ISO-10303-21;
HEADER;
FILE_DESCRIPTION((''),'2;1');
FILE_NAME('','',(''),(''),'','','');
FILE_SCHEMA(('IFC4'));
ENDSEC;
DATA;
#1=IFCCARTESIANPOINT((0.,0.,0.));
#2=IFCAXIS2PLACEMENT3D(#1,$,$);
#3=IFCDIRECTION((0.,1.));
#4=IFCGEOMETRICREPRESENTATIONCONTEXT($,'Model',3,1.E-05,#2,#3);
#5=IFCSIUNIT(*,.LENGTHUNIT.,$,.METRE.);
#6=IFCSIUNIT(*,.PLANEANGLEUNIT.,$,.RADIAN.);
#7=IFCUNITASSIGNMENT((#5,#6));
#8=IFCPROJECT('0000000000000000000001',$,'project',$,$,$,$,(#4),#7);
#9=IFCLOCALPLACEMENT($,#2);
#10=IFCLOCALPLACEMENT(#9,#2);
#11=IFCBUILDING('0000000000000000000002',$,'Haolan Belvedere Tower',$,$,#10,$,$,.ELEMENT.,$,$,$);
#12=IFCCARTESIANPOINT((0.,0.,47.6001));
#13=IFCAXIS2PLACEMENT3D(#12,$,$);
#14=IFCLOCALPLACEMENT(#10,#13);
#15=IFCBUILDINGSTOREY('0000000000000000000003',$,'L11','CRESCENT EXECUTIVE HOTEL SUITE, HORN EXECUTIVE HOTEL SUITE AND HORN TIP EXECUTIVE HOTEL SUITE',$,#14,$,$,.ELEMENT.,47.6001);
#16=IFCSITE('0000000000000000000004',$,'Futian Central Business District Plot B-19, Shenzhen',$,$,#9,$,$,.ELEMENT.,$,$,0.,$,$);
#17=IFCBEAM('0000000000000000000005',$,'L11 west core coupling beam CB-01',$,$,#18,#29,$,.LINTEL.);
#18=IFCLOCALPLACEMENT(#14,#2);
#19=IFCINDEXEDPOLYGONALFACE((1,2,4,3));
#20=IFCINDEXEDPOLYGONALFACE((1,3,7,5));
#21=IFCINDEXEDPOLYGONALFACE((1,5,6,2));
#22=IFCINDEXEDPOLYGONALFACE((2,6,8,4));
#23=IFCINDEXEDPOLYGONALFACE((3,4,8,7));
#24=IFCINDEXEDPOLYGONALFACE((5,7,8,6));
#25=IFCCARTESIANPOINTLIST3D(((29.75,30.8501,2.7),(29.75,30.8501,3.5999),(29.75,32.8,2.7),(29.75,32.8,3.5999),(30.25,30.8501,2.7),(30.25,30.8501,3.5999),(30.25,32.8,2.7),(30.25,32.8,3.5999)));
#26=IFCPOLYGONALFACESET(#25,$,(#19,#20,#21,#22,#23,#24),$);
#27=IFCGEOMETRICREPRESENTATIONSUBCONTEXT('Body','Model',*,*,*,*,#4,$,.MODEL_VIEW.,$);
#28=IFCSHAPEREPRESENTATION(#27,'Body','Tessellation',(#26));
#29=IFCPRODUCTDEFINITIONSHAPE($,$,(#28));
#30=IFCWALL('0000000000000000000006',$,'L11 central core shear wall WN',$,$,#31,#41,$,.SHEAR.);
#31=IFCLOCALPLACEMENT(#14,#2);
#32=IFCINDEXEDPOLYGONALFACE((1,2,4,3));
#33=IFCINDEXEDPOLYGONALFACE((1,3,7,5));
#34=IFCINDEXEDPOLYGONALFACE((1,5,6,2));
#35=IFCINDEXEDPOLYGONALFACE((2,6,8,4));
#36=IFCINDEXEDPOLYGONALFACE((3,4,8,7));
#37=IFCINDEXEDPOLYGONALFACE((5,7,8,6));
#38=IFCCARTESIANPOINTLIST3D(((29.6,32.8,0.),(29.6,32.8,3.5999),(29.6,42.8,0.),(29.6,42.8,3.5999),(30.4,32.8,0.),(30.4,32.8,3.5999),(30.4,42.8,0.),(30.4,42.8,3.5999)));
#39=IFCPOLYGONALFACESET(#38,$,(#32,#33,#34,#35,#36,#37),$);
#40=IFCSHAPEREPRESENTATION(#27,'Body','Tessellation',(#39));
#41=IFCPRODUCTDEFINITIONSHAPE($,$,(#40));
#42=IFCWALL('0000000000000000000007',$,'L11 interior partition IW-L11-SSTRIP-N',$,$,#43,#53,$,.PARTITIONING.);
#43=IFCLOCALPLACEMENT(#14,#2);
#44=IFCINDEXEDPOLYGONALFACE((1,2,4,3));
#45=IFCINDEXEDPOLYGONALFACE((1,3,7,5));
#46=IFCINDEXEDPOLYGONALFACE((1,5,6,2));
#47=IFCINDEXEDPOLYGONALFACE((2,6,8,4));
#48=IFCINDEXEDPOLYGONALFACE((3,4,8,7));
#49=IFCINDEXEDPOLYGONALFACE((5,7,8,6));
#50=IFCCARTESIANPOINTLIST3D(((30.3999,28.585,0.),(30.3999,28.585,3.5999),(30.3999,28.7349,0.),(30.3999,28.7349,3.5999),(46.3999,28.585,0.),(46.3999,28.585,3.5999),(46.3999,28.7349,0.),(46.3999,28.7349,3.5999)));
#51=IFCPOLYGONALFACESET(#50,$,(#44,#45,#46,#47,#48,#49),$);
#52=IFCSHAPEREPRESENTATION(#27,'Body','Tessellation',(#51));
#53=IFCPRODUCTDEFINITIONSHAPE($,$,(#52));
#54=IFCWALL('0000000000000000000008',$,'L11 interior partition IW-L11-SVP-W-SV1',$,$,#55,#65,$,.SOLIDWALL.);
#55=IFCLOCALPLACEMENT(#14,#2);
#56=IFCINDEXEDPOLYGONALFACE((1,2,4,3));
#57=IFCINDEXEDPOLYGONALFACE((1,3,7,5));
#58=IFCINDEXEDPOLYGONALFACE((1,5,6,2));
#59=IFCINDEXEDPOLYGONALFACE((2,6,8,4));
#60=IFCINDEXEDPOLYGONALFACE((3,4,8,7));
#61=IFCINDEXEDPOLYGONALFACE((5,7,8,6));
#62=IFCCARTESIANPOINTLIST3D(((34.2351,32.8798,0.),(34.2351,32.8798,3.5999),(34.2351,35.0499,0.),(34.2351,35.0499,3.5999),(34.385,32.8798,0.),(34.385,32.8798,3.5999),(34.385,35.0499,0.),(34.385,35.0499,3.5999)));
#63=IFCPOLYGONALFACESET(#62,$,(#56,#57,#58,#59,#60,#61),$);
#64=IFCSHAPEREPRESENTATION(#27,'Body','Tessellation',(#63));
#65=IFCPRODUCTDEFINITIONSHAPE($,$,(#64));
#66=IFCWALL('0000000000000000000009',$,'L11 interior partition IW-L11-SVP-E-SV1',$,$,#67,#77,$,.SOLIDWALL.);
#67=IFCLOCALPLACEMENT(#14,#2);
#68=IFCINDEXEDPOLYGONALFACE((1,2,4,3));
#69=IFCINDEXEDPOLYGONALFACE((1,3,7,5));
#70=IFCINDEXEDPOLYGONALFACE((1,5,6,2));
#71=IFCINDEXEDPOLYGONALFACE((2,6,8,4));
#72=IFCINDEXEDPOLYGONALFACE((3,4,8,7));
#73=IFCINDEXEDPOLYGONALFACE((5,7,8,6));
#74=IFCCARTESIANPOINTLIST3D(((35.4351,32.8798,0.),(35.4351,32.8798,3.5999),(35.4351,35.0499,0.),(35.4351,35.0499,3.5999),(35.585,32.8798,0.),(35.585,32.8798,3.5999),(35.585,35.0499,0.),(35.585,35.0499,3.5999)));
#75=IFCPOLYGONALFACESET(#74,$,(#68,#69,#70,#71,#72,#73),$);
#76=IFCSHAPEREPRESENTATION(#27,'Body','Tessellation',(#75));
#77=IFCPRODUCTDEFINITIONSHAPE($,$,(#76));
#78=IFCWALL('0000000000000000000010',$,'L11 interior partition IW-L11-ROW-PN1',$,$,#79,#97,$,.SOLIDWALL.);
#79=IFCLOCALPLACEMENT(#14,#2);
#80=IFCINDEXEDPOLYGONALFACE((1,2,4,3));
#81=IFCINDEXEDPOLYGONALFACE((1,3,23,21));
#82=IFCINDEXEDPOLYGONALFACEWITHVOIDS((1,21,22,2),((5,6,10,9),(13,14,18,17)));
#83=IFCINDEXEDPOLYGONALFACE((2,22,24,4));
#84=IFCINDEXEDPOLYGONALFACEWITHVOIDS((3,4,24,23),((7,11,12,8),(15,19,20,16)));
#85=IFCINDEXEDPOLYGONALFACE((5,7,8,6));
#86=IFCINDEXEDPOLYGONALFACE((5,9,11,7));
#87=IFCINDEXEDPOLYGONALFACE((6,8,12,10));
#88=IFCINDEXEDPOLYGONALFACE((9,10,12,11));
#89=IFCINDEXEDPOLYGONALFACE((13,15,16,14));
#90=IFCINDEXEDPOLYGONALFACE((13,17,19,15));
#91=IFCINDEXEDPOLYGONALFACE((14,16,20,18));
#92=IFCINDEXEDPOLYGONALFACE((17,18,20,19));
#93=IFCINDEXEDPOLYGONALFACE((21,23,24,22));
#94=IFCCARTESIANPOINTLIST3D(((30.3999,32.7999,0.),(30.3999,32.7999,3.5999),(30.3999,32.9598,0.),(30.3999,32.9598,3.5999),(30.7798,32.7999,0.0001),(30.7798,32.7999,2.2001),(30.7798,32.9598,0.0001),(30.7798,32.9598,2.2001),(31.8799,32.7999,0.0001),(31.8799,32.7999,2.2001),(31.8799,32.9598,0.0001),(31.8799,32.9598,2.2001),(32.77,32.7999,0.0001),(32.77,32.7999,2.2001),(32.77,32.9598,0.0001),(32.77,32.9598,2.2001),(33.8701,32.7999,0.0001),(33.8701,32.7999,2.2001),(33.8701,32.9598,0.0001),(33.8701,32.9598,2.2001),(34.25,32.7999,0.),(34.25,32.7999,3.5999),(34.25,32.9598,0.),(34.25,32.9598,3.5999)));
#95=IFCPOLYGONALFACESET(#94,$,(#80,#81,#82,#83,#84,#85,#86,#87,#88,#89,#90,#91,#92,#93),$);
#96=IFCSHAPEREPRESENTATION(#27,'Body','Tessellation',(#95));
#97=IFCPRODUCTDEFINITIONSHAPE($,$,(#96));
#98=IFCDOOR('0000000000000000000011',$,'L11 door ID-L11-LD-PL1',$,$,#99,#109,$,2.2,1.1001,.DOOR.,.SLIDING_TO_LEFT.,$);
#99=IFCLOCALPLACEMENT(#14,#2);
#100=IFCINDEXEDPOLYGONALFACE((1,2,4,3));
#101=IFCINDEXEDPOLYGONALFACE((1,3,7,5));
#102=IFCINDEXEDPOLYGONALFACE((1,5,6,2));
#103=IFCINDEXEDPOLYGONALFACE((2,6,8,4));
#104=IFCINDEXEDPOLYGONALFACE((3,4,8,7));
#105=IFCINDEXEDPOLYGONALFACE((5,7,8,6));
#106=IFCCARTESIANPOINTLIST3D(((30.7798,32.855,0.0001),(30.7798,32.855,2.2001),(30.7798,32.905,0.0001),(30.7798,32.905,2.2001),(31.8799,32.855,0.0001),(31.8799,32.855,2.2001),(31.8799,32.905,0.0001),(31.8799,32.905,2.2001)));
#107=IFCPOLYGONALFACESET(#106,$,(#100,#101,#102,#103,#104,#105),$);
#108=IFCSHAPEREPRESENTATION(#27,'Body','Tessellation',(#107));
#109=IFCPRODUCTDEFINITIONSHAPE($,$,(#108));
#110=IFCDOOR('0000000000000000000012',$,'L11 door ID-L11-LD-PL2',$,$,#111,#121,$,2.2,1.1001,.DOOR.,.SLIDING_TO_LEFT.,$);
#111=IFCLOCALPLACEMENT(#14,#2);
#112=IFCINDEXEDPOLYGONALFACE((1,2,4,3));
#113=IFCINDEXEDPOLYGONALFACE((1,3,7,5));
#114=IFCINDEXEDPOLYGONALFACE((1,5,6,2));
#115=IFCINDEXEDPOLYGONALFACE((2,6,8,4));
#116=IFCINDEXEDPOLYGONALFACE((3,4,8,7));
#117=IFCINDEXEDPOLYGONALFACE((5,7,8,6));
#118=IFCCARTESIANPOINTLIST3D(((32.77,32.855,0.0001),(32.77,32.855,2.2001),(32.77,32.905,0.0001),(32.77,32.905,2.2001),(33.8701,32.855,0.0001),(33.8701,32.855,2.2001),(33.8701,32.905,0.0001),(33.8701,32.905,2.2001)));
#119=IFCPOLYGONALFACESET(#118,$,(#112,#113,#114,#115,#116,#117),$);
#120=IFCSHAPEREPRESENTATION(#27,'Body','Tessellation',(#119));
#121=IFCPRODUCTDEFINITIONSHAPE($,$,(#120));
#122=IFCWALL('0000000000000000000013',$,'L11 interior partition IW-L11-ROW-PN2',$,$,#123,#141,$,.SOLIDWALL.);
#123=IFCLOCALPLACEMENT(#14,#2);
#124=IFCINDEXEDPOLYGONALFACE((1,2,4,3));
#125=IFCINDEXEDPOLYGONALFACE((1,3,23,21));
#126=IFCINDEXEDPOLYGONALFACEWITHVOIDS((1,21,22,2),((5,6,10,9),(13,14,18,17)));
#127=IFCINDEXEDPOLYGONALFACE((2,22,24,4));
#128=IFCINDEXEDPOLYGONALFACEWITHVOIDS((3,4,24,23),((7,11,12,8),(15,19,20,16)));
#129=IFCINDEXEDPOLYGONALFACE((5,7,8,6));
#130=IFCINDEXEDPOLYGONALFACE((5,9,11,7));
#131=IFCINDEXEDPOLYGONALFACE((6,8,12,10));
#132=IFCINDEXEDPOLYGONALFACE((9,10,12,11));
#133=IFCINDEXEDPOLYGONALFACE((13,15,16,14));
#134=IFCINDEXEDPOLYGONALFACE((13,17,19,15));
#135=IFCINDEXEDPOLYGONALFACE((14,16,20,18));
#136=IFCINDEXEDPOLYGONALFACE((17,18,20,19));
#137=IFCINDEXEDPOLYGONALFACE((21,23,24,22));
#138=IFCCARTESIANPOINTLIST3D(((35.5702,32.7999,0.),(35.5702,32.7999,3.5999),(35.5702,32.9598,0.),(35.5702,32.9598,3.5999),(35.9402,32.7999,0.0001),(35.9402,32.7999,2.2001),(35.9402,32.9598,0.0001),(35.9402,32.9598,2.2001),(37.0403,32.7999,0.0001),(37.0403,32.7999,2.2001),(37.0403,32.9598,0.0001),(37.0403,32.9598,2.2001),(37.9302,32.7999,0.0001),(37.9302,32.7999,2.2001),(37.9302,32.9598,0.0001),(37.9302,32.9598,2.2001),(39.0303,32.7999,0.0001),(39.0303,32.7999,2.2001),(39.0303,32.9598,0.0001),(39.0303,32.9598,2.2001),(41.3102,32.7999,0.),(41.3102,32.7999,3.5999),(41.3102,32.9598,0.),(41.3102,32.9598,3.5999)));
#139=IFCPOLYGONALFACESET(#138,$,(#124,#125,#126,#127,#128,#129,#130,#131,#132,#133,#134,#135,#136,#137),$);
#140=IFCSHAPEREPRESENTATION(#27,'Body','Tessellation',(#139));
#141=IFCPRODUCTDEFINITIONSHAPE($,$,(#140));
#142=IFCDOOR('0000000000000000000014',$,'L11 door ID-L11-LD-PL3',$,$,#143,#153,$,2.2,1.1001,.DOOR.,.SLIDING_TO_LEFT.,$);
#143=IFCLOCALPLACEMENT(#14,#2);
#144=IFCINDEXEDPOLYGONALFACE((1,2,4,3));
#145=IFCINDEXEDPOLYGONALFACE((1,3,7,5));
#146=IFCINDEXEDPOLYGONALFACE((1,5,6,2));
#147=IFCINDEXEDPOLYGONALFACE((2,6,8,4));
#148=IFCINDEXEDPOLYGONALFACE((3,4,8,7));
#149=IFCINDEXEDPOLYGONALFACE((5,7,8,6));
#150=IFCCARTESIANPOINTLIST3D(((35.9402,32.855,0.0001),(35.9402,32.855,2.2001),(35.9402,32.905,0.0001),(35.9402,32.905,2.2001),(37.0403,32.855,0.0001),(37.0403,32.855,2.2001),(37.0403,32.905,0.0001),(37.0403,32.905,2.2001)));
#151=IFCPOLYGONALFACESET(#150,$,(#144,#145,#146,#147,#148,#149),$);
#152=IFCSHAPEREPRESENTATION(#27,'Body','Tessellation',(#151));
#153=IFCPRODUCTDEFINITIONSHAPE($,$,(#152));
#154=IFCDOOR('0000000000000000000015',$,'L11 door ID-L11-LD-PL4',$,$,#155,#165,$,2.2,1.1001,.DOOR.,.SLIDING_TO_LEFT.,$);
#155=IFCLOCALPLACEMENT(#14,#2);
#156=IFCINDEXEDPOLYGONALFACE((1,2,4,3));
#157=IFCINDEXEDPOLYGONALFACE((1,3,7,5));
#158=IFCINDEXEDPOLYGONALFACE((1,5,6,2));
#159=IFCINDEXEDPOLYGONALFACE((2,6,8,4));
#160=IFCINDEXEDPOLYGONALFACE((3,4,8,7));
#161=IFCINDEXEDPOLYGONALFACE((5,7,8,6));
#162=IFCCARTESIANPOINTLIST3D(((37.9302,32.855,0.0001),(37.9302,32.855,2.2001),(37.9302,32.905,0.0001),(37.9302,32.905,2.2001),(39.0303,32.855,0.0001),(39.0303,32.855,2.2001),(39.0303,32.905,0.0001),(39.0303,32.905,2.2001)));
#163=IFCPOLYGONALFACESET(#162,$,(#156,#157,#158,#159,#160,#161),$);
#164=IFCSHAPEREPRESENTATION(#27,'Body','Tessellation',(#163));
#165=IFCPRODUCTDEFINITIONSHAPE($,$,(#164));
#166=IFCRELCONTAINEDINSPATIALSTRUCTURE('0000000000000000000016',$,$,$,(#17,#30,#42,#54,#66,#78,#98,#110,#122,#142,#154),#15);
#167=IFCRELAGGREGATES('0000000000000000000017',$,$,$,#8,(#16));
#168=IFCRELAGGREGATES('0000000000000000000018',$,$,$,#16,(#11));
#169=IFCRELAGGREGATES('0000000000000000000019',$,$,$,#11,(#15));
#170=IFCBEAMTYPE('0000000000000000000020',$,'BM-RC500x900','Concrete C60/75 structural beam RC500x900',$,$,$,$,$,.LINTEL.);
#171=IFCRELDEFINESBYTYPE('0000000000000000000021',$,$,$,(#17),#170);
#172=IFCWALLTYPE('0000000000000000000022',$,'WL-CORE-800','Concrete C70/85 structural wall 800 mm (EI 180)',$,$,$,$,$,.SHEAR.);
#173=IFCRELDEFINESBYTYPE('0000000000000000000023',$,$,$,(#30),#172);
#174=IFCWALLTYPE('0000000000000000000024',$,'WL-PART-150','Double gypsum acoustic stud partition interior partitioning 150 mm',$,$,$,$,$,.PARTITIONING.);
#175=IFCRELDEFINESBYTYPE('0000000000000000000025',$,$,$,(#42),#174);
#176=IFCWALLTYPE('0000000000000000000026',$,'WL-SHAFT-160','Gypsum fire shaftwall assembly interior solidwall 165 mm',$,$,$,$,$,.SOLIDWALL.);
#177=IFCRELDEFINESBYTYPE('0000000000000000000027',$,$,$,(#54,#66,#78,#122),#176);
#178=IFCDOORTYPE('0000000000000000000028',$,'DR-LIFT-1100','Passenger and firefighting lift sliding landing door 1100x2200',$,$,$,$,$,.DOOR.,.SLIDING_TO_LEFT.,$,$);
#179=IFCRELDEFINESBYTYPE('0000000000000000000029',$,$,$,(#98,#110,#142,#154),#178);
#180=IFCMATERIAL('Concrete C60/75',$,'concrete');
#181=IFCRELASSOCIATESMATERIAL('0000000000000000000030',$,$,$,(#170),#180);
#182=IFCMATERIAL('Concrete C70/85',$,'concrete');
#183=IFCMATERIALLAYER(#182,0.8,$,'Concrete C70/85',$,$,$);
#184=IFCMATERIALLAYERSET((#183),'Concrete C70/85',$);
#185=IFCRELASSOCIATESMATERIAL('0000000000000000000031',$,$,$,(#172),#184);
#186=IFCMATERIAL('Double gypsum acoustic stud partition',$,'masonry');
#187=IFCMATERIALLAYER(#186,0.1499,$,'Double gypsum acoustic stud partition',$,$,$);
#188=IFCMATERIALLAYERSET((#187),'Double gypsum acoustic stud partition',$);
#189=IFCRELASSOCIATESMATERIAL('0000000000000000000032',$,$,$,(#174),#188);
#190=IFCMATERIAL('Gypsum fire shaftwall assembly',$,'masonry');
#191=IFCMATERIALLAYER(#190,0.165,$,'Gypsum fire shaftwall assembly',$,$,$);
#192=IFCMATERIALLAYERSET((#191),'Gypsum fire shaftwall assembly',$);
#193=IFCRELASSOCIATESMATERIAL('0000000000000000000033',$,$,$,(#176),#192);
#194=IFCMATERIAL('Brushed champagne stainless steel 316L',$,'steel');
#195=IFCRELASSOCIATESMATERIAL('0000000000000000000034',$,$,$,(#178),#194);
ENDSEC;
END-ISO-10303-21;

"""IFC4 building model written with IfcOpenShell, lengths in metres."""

from ifc_helpers import new_model, si_unit, direction, frame, frame_2d, origin, origin_2d, place, context, subcontext, project, spatial, rectangle, extrude, material, layer, layer_set, material_profile, profile_set, type_object, element, fill, save


model = new_model("IFC4")

# Units and contexts
model_context = context("Model", 3, precision=1e-05, world=origin(), true_north=direction((0.0, 1.0)))
body_context = subcontext(model_context, "Body", "Model", "MODEL_VIEW")
ifc_project = project(units=[si_unit("LENGTHUNIT", "METRE"), si_unit("PLANEANGLEUNIT", "RADIAN")], contexts=[model_context])

# Site, building, storey
site_placement = place(None, origin())
site = spatial("IfcSite", under=ifc_project, at=site_placement, Name="Futian Central Business District Plot B-19, Shenzhen", CompositionType="ELEMENT", RefElevation=0.0)
building_placement = place(site_placement, origin())
building = spatial("IfcBuilding", under=site, at=building_placement, Name="Haolan Belvedere Tower", CompositionType="ELEMENT")
storey_placement = place(building_placement, frame((0.0, 0.0, 47.6001)))
storey = spatial("IfcBuildingStorey", under=building, at=storey_placement, Name="L11", Description="CRESCENT EXECUTIVE HOTEL SUITE, HORN EXECUTIVE HOTEL SUITE AND HORN TIP EXECUTIVE HOTEL SUITE", CompositionType="ELEMENT", Elevation=47.6001)

# Beam
ifc_material_1 = material(Name="Concrete C60/75", Category="concrete")
ifc_material_profile = material_profile(ifc_material_1, rectangle(XDim=0.5, YDim=0.8999, at=origin_2d()), Name="Concrete C60/75")
ifc_profile_set = profile_set([ifc_material_profile], Name="Concrete C60/75")
beam_type = type_object("IfcBeamType", Name="BM-RC500x900", Description="Concrete C60/75 structural beam RC500x900", PredefinedType="LINTEL", material=ifc_profile_set)
beam_placement = place(storey_placement, frame((30.0, 30.8501, 3.1499), z_axis=(0.0, 1.0, 0.0), x_axis=(-1.0, 0.0, 0.0)))
element("IfcBeam", 1, at=beam_placement, inside=storey, type_object=beam_type, Name="L11 west core coupling beam CB-01", PredefinedType="LINTEL", context=body_context, shape_type="SweptSolid", body=[
    extrude(rectangle(XDim=0.5, YDim=0.8999, at=origin_2d()), origin(), (0.0, 0.0, 1.0), 1.95),
])

# Walls
ifc_material_2 = material(Name="Concrete C70/85", Category="concrete")
ifc_layer_1 = layer(ifc_material_2, 0.8, Name="Concrete C70/85")
ifc_layer_set_1 = layer_set([ifc_layer_1], Name="Concrete C70/85")
wall_type_1 = type_object("IfcWallType", Name="WL-CORE-800", Description="Concrete C70/85 structural wall 800 mm (EI 180)", PredefinedType="SHEAR", material=ifc_layer_set_1)
wall_1_placement = place(storey_placement, frame((30.0, 32.8, 0.0), z_axis=(0.0, 0.0, 1.0), x_axis=(0.0, 1.0, 0.0)))
element("IfcWall", 2, at=wall_1_placement, inside=storey, type_object=wall_type_1, Name="L11 central core shear wall WN", PredefinedType="SHEAR", context=body_context, shape_type="SweptSolid", body=[
    extrude(rectangle(XDim=10.0, YDim=0.8, at=frame_2d((5.0, 0.0))), origin(), (0.0, 0.0, 1.0), 3.5999),
])
ifc_material_3 = material(Name="Double gypsum acoustic stud partition", Category="masonry")
ifc_layer_2 = layer(ifc_material_3, 0.1499, Name="Double gypsum acoustic stud partition")
ifc_layer_set_2 = layer_set([ifc_layer_2], Name="Double gypsum acoustic stud partition")
wall_type_2 = type_object("IfcWallType", Name="WL-PART-150", Description="Double gypsum acoustic stud partition interior partitioning 150 mm", PredefinedType="PARTITIONING", material=ifc_layer_set_2)
wall_2_placement = place(storey_placement, frame((30.3999, 28.6599, 0.0), z_axis=(0.0, 0.0, 1.0), x_axis=(1.0, 0.0, 0.0)))
element("IfcWall", 3, at=wall_2_placement, inside=storey, type_object=wall_type_2, Name="L11 interior partition IW-L11-SSTRIP-N", PredefinedType="PARTITIONING", context=body_context, shape_type="SweptSolid", body=[
    extrude(rectangle(XDim=16.0, YDim=0.1499, at=frame_2d((8.0, 0.0))), origin(), (0.0, 0.0, 1.0), 3.5999),
])
ifc_material_4 = material(Name="Gypsum fire shaftwall assembly", Category="masonry")
ifc_layer_3 = layer(ifc_material_4, 0.165, Name="Gypsum fire shaftwall assembly")
ifc_layer_set_3 = layer_set([ifc_layer_3], Name="Gypsum fire shaftwall assembly")
wall_type_3 = type_object("IfcWallType", Name="WL-SHAFT-160", Description="Gypsum fire shaftwall assembly interior solidwall 165 mm", PredefinedType="SOLIDWALL", material=ifc_layer_set_3)
for number, where, z_axis, x_axis, name in (
    (4, (34.3101, 32.8799, 0.0), (0.0, 0.0, 1.0), (0.0, 1.0, 0.0), "L11 interior partition IW-L11-SVP-W-SV1"),
    (5, (35.51, 32.8799, 0.0), (0.0, 0.0, 1.0), (0.0, 1.0, 0.0), "L11 interior partition IW-L11-SVP-E-SV1"),
):
    element("IfcWall", number, at=place(storey_placement, frame(where, z_axis=z_axis, x_axis=x_axis)), inside=storey, type_object=wall_type_3, Name=name, PredefinedType="SOLIDWALL", context=body_context, shape_type="SweptSolid", body=[
        extrude(rectangle(XDim=2.1702, YDim=0.1499, at=frame_2d((1.085, 0.0))), origin(), (0.0, 0.0, 1.0), 3.5999),
    ])

# Walls, openings, doors
wall_3_placement = place(storey_placement, frame((30.3999, 32.8799, 0.0), z_axis=(0.0, 0.0, 1.0), x_axis=(1.0, 0.0, 0.0)))
wall_3 = element("IfcWall", 6, at=wall_3_placement, inside=storey, type_object=wall_type_3, Name="L11 interior partition IW-L11-ROW-PN1", PredefinedType="SOLIDWALL", context=body_context, shape_type="SweptSolid", body=[
    extrude(rectangle(XDim=3.8501, YDim=0.1599, at=frame_2d((1.925, 0.0))), origin(), (0.0, 0.0, 1.0), 3.5999),
])
opening_1_placement = place(wall_3_placement, frame((1.48, 0.0, 0.0), z_axis=(0.0, 0.0, 1.0), x_axis=(-1.0, 0.0, 0.0)))
opening_1 = element("IfcOpeningElement", 7, at=opening_1_placement, cuts=wall_3, PredefinedType="OPENING", context=body_context, shape_type="SweptSolid", body=[
    extrude(rectangle(XDim=1.1001, YDim=2.2, at=frame_2d((0.55, 1.1001))), frame((0.0, 0.0898, 0.0), z_axis=(0.0, -1.0, 0.0), x_axis=(1.0, 0.0, 0.0)), (0.0, 0.0, 1.0), 0.1799),
])
opening_2_placement = place(wall_3_placement, frame((3.4702, 0.0, 0.0), z_axis=(0.0, 0.0, 1.0), x_axis=(-1.0, 0.0, 0.0)))
opening_2 = element("IfcOpeningElement", 8, at=opening_2_placement, cuts=wall_3, PredefinedType="OPENING", context=body_context, shape_type="SweptSolid", body=[
    extrude(rectangle(XDim=1.1001, YDim=2.2, at=frame_2d((0.55, 1.1001))), frame((0.0, 0.0898, 0.0), z_axis=(0.0, -1.0, 0.0), x_axis=(1.0, 0.0, 0.0)), (0.0, 0.0, 1.0), 0.1799),
])
ifc_material_5 = material(Name="Brushed champagne stainless steel 316L", Category="steel")
door_type = type_object("IfcDoorType", Name="DR-LIFT-1100", Description="Passenger and firefighting lift sliding landing door 1100x2200", OperationType="SLIDING_TO_LEFT", PredefinedType="DOOR", material=ifc_material_5)
door_1_placement = place(opening_1_placement, origin())
door_1 = element("IfcDoor", 9, at=door_1_placement, inside=storey, type_object=door_type, Name="L11 door ID-L11-LD-PL1", OperationType="SLIDING_TO_LEFT", OverallHeight=2.2, OverallWidth=1.1001, PredefinedType="DOOR", context=body_context, shape_type="SweptSolid", body=[
    extrude(rectangle(XDim=1.1001, YDim=2.2, at=frame_2d((0.55, 1.1001))), frame((0.0, 0.0249, 0.0), z_axis=(0.0, -1.0, 0.0), x_axis=(1.0, 0.0, 0.0)), (0.0, 0.0, 1.0), 0.05),
])
fill(opening_1, door_1)
door_2_placement = place(opening_2_placement, origin())
door_2 = element("IfcDoor", 10, at=door_2_placement, inside=storey, type_object=door_type, Name="L11 door ID-L11-LD-PL2", OperationType="SLIDING_TO_LEFT", OverallHeight=2.2, OverallWidth=1.1001, PredefinedType="DOOR", context=body_context, shape_type="SweptSolid", body=[
    extrude(rectangle(XDim=1.1001, YDim=2.2, at=frame_2d((0.55, 1.1001))), frame((0.0, 0.0249, 0.0), z_axis=(0.0, -1.0, 0.0), x_axis=(1.0, 0.0, 0.0)), (0.0, 0.0, 1.0), 0.05),
])
fill(opening_2, door_2)
wall_4_placement = place(storey_placement, frame((35.5701, 32.8799, 0.0), z_axis=(0.0, 0.0, 1.0), x_axis=(1.0, 0.0, 0.0)))
wall_4 = element("IfcWall", 11, at=wall_4_placement, inside=storey, type_object=wall_type_3, Name="L11 interior partition IW-L11-ROW-PN2", PredefinedType="SOLIDWALL", context=body_context, shape_type="SweptSolid", body=[
    extrude(rectangle(XDim=5.74, YDim=0.1599, at=frame_2d((2.8701, 0.0))), origin(), (0.0, 0.0, 1.0), 3.5999),
])
opening_3_placement = place(wall_4_placement, frame((1.4702, 0.0, 0.0), z_axis=(0.0, 0.0, 1.0), x_axis=(-1.0, 0.0, 0.0)))
opening_3 = element("IfcOpeningElement", 12, at=opening_3_placement, cuts=wall_4, PredefinedType="OPENING", context=body_context, shape_type="SweptSolid", body=[
    extrude(rectangle(XDim=1.1001, YDim=2.2, at=frame_2d((0.55, 1.1001))), frame((0.0, 0.0898, 0.0), z_axis=(0.0, -1.0, 0.0), x_axis=(1.0, 0.0, 0.0)), (0.0, 0.0, 1.0), 0.1799),
])
opening_4_placement = place(wall_4_placement, frame((3.4602, 0.0, 0.0), z_axis=(0.0, 0.0, 1.0), x_axis=(-1.0, 0.0, 0.0)))
opening_4 = element("IfcOpeningElement", 13, at=opening_4_placement, cuts=wall_4, PredefinedType="OPENING", context=body_context, shape_type="SweptSolid", body=[
    extrude(rectangle(XDim=1.1001, YDim=2.2, at=frame_2d((0.55, 1.1001))), frame((0.0, 0.0898, 0.0), z_axis=(0.0, -1.0, 0.0), x_axis=(1.0, 0.0, 0.0)), (0.0, 0.0, 1.0), 0.1799),
])
door_3_placement = place(opening_3_placement, origin())
door_3 = element("IfcDoor", 14, at=door_3_placement, inside=storey, type_object=door_type, Name="L11 door ID-L11-LD-PL3", OperationType="SLIDING_TO_LEFT", OverallHeight=2.2, OverallWidth=1.1001, PredefinedType="DOOR", context=body_context, shape_type="SweptSolid", body=[
    extrude(rectangle(XDim=1.1001, YDim=2.2, at=frame_2d((0.55, 1.1001))), frame((0.0, 0.0249, 0.0), z_axis=(0.0, -1.0, 0.0), x_axis=(1.0, 0.0, 0.0)), (0.0, 0.0, 1.0), 0.05),
])
fill(opening_3, door_3)
door_4_placement = place(opening_4_placement, origin())
door_4 = element("IfcDoor", 15, at=door_4_placement, inside=storey, type_object=door_type, Name="L11 door ID-L11-LD-PL4", OperationType="SLIDING_TO_LEFT", OverallHeight=2.2, OverallWidth=1.1001, PredefinedType="DOOR", context=body_context, shape_type="SweptSolid", body=[
    extrude(rectangle(XDim=1.1001, YDim=2.2, at=frame_2d((0.55, 1.1001))), frame((0.0, 0.0249, 0.0), z_axis=(0.0, -1.0, 0.0), x_axis=(1.0, 0.0, 0.0)), (0.0, 0.0, 1.0), 0.05),
])
fill(opening_4, door_4)

save(model, "model.ifc")
